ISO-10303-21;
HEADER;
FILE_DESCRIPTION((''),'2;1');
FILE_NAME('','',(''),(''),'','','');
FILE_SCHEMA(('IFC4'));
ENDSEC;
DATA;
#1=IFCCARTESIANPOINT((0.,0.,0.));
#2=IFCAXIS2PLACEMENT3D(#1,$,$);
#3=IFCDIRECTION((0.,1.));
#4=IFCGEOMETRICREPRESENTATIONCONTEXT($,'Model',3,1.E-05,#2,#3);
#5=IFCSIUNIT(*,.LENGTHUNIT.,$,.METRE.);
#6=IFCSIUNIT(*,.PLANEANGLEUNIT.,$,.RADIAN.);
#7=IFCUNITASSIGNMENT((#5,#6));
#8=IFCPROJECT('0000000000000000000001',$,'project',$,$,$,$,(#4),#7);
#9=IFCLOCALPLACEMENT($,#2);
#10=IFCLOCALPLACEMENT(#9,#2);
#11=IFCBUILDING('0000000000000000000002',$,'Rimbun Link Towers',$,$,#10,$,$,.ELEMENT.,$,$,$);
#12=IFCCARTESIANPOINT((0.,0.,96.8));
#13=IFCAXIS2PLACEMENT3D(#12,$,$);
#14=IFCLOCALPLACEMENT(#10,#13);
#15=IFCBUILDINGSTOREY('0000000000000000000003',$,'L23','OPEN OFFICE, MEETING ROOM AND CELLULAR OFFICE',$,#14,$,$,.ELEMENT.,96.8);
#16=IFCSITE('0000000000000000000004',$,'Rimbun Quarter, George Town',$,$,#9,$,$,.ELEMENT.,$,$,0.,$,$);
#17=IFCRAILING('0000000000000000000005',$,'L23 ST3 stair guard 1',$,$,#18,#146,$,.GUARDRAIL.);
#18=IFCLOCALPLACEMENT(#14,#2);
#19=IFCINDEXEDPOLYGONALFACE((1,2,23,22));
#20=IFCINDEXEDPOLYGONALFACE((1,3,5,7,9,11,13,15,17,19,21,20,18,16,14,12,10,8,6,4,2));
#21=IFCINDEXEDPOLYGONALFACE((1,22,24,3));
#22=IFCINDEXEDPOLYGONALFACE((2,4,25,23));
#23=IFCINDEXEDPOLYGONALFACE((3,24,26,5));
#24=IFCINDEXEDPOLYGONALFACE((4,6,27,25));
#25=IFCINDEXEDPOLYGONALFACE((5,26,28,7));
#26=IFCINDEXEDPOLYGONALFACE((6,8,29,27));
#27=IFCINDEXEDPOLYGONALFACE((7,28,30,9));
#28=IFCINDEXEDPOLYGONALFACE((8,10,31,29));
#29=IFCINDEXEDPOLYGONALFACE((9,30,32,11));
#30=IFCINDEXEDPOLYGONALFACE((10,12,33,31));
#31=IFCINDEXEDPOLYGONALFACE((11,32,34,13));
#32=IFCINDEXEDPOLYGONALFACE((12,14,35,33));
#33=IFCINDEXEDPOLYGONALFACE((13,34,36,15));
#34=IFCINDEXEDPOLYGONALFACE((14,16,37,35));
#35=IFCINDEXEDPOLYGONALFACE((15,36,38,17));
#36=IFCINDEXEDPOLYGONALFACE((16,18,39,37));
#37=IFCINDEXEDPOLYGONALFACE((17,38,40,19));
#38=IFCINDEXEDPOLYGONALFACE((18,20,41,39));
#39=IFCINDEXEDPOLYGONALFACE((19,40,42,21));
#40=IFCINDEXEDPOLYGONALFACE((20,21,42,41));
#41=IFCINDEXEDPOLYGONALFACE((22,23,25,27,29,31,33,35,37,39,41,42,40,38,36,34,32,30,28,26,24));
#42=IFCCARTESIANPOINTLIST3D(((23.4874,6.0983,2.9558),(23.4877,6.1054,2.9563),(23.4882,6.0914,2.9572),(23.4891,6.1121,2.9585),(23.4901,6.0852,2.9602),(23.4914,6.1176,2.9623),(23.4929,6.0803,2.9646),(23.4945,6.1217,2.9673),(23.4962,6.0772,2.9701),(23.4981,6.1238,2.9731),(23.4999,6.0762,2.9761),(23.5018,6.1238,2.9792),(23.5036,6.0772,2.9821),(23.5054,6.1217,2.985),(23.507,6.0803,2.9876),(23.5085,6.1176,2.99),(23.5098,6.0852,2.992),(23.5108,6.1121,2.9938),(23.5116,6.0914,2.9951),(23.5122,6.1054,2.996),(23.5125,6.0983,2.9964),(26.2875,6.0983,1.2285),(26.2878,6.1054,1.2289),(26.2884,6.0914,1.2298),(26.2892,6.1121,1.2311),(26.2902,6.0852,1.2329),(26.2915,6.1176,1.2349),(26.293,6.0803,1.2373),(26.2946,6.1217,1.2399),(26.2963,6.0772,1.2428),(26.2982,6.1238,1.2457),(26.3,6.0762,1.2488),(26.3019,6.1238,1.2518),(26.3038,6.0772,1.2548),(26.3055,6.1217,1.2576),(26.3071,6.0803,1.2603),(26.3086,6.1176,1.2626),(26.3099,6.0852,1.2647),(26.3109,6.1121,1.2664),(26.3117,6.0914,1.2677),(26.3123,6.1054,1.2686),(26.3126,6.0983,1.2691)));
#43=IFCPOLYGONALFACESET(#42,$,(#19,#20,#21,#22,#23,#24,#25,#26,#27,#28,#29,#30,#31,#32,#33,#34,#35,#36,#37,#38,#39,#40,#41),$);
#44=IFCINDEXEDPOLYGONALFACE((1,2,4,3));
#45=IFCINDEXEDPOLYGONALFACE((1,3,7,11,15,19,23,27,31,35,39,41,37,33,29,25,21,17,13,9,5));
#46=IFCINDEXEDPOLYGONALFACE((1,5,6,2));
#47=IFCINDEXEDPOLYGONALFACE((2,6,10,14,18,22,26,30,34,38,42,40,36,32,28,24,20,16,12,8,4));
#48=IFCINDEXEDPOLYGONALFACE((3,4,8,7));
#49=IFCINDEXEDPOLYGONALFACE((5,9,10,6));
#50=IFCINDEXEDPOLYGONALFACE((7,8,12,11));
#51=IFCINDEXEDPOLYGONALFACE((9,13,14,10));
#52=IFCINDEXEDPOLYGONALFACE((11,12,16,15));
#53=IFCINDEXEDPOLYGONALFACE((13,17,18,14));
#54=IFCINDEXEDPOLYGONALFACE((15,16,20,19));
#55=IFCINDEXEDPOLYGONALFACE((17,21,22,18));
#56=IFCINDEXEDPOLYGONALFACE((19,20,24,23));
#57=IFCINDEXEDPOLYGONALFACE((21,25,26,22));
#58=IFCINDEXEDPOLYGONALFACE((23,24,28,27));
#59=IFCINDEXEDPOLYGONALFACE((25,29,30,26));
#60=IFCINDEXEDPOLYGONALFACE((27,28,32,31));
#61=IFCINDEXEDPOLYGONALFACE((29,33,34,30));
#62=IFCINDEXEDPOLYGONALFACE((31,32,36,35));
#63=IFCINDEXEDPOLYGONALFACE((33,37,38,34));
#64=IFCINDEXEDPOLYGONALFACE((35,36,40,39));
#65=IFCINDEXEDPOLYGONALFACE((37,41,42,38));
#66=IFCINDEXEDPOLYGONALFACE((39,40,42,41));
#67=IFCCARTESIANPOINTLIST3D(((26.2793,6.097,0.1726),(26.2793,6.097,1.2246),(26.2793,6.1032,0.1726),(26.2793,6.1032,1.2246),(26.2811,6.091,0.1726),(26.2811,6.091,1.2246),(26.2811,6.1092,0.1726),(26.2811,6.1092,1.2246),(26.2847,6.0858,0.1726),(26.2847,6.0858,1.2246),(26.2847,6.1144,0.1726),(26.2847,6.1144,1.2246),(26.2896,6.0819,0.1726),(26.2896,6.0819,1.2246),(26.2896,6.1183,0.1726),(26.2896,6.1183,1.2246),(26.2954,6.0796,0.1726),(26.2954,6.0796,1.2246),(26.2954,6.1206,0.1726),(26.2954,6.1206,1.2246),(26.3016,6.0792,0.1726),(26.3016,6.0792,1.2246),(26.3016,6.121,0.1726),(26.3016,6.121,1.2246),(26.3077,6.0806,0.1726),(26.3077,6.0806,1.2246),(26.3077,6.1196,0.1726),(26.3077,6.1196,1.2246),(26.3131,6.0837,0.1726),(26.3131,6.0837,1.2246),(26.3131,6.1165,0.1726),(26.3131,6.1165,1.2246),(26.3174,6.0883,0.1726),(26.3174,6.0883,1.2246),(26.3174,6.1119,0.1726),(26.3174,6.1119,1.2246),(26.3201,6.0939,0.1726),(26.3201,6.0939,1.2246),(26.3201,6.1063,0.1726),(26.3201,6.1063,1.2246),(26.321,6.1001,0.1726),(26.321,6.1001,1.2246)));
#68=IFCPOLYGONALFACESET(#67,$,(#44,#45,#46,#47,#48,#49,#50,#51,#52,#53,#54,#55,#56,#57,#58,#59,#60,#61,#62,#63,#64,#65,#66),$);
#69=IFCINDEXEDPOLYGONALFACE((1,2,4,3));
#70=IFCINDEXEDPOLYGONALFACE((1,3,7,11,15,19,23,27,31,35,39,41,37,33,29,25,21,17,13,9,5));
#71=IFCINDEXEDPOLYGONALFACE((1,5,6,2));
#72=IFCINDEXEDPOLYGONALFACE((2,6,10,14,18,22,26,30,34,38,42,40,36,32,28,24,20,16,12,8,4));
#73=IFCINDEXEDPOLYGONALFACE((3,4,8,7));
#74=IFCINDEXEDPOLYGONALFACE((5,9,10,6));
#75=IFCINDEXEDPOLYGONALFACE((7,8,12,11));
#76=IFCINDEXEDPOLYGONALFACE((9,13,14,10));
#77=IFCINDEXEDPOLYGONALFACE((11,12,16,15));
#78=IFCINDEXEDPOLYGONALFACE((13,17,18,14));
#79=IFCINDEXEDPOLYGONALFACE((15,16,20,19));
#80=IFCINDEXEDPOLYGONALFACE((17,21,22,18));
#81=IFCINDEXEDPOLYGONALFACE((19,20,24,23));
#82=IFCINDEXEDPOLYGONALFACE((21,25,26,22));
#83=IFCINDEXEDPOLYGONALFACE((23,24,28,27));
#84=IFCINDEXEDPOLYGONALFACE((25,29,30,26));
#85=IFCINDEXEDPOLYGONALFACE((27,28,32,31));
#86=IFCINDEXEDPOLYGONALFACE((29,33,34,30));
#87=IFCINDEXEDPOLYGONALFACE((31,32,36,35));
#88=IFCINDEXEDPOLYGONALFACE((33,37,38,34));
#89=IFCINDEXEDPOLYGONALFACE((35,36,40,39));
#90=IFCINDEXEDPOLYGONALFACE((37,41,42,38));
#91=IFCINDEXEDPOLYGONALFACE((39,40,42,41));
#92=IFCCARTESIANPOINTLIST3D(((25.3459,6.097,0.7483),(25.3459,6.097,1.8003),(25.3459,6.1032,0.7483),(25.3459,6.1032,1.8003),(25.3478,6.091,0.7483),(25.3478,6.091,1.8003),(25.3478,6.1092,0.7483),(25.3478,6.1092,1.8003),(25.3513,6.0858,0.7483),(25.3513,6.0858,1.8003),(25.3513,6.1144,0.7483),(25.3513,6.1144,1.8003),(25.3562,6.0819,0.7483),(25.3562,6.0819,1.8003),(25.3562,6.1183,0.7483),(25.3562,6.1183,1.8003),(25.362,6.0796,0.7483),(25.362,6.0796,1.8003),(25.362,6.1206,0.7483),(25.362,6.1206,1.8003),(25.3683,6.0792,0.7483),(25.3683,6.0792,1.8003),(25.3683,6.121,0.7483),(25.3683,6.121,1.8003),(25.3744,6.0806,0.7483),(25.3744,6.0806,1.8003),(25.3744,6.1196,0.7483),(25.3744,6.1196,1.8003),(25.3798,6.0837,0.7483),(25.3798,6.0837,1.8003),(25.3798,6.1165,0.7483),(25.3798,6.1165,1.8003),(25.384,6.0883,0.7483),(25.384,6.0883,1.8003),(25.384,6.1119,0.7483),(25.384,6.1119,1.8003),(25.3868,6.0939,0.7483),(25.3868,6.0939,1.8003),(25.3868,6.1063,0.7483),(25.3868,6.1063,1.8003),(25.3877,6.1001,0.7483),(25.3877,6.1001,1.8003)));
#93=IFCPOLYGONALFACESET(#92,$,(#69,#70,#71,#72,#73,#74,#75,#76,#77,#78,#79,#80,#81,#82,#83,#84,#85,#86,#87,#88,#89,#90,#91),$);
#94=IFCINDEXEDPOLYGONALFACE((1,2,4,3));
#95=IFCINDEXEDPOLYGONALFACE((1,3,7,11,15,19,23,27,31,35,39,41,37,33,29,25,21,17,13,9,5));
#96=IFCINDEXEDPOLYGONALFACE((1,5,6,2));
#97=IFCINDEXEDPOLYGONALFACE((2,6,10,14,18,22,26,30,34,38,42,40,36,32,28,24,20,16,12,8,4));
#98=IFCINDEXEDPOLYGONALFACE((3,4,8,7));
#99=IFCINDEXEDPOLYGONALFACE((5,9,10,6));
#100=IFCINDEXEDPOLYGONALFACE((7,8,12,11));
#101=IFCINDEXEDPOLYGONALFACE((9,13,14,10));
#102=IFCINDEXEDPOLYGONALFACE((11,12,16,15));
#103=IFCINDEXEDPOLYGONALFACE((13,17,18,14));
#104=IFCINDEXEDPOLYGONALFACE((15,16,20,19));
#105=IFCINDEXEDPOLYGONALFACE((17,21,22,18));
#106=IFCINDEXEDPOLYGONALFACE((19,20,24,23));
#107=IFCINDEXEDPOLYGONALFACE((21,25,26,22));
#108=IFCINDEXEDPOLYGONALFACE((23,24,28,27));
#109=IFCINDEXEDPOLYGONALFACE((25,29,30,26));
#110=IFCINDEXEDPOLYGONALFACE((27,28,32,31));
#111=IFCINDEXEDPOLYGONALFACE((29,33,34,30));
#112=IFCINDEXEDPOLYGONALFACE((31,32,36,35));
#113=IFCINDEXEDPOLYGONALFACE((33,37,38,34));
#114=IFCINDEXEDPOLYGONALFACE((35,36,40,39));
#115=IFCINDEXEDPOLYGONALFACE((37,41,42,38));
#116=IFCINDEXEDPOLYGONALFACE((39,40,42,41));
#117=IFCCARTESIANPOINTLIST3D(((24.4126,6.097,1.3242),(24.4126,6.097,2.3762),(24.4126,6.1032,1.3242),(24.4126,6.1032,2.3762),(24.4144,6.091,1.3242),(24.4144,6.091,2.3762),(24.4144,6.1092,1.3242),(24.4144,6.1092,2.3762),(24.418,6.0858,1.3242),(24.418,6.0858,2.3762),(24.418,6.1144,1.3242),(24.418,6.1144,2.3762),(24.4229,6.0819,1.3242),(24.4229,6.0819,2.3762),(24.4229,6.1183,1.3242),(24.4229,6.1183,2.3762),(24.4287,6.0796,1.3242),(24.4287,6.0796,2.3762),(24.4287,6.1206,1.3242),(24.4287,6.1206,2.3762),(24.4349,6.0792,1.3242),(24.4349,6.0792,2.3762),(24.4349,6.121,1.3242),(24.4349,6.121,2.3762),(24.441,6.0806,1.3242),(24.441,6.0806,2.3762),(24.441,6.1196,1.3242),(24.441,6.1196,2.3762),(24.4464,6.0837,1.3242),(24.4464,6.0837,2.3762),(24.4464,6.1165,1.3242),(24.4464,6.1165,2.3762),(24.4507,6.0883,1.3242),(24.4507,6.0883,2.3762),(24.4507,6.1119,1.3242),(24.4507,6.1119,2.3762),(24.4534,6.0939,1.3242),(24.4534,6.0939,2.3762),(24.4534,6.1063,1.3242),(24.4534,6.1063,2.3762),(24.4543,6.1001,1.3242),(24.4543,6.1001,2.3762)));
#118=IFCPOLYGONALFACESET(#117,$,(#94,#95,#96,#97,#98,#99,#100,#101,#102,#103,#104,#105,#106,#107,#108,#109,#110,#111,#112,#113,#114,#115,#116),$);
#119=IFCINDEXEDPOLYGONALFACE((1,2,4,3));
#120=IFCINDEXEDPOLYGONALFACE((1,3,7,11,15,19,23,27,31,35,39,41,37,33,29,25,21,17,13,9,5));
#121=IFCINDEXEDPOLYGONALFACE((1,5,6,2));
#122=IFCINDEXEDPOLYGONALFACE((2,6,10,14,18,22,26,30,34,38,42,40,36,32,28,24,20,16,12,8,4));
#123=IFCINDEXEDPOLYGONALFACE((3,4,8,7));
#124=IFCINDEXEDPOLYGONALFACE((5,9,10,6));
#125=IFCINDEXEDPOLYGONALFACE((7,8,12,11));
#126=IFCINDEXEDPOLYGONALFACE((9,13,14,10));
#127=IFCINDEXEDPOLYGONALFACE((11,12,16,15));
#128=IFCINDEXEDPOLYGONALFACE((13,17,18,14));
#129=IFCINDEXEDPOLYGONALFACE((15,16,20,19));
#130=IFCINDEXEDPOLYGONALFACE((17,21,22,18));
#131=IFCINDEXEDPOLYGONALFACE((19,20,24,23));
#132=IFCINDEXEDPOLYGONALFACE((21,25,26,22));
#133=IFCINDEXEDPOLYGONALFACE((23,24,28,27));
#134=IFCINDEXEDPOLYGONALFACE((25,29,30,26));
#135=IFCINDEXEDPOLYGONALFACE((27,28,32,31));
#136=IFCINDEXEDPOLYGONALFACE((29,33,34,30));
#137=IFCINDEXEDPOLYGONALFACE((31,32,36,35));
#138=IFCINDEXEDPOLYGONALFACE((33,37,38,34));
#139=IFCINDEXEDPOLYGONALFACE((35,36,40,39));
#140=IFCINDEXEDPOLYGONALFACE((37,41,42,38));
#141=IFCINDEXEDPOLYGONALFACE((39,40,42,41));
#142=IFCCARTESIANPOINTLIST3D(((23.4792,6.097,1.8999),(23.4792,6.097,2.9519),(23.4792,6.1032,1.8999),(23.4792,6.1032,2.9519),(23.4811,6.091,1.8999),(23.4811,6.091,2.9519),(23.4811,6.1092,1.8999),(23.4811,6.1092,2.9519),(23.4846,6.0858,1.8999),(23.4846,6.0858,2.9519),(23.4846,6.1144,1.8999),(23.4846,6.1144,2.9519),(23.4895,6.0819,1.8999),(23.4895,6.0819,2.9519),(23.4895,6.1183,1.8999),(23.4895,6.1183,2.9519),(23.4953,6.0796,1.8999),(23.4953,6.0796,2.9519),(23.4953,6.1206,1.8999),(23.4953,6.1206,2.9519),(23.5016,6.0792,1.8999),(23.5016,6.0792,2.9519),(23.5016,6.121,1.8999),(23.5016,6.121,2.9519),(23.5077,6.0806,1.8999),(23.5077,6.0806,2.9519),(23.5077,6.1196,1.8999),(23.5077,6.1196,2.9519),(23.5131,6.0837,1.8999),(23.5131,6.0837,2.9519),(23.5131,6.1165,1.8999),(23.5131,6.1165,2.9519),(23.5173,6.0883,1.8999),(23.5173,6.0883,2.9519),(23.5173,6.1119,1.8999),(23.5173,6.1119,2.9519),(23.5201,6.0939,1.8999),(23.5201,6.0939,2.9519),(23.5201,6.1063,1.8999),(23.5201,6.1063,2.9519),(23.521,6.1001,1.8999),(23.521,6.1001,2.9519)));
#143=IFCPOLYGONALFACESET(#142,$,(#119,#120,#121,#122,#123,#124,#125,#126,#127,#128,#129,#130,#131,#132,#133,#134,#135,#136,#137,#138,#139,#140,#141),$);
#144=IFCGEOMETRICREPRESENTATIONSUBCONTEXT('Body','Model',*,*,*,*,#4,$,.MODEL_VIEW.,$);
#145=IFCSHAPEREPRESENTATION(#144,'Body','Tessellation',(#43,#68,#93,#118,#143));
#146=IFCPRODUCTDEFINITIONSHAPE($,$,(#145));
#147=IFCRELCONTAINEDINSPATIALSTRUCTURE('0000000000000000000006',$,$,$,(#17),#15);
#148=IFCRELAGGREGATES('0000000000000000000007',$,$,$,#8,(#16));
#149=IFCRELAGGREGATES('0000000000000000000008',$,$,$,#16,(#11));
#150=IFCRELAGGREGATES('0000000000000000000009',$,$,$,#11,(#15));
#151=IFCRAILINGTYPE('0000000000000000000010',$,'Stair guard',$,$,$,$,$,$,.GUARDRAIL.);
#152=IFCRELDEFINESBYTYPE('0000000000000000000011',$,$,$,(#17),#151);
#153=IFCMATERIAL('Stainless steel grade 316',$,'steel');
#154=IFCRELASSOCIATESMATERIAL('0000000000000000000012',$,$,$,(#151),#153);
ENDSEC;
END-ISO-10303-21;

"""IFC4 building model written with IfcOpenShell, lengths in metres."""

from ifc_helpers import new_model, si_unit, direction, frame, origin, origin_2d, place, context, subcontext, project, spatial, circle, extrude, material, type_object, element, save


model = new_model("IFC4")

# Units and contexts
model_context = context("Model", 3, precision=1e-05, world=origin(), true_north=direction((0.0, 1.0)))
body_context = subcontext(model_context, "Body", "Model", "MODEL_VIEW")
ifc_project = project(units=[si_unit("LENGTHUNIT", "METRE"), si_unit("PLANEANGLEUNIT", "RADIAN")], contexts=[model_context])

# Site, building, storey
site_placement = place(None, origin())
site = spatial("IfcSite", under=ifc_project, at=site_placement, Name="Rimbun Quarter, George Town", CompositionType="ELEMENT", RefElevation=0.0)
building_placement = place(site_placement, origin())
building = spatial("IfcBuilding", under=site, at=building_placement, Name="Rimbun Link Towers", CompositionType="ELEMENT")
storey_placement = place(building_placement, frame((0.0, 0.0, 96.8)))
storey = spatial("IfcBuildingStorey", under=building, at=storey_placement, Name="L23", Description="OPEN OFFICE, MEETING ROOM AND CELLULAR OFFICE", CompositionType="ELEMENT", Elevation=96.8)

# Railing
ifc_material_1 = material(Name="Stainless steel grade 316", Category="steel")
railing_type_1 = type_object("IfcRailingType", Name="Stair guard", PredefinedType="GUARDRAIL", material=ifc_material_1)
railing_1_placement = place(storey_placement, frame((26.3, 6.1001, 0.1726)))
element("IfcRailing", 1, at=railing_1_placement, inside=storey, type_object=railing_type_1, Name="L23 ST3 stair guard 1", PredefinedType="GUARDRAIL", context=body_context, shape_type="SweptSolid", body=[
    extrude(circle(Radius=0.0239, at=origin_2d()), frame((0.0, 0.0, 1.0762), z_axis=(-0.85109, 0.0, 0.52502), x_axis=(0.0, -1.0, 0.0)), (0.0, 0.0, 1.0), 3.29),
    extrude(circle(Radius=0.021, at=origin_2d()), origin(), (0.0, 0.0, 1.0), 1.052),
    extrude(circle(Radius=0.021, at=origin_2d()), frame((-0.9333, 0.0, 0.5757)), (0.0, 0.0, 1.0), 1.052),
    extrude(circle(Radius=0.021, at=origin_2d()), frame((-1.8667, 0.0, 1.1516)), (0.0, 0.0, 1.0), 1.052),
    extrude(circle(Radius=0.021, at=origin_2d()), frame((-2.8, 0.0, 1.7273)), (0.0, 0.0, 1.0), 1.052),
])

save(model, "model.ifc")
